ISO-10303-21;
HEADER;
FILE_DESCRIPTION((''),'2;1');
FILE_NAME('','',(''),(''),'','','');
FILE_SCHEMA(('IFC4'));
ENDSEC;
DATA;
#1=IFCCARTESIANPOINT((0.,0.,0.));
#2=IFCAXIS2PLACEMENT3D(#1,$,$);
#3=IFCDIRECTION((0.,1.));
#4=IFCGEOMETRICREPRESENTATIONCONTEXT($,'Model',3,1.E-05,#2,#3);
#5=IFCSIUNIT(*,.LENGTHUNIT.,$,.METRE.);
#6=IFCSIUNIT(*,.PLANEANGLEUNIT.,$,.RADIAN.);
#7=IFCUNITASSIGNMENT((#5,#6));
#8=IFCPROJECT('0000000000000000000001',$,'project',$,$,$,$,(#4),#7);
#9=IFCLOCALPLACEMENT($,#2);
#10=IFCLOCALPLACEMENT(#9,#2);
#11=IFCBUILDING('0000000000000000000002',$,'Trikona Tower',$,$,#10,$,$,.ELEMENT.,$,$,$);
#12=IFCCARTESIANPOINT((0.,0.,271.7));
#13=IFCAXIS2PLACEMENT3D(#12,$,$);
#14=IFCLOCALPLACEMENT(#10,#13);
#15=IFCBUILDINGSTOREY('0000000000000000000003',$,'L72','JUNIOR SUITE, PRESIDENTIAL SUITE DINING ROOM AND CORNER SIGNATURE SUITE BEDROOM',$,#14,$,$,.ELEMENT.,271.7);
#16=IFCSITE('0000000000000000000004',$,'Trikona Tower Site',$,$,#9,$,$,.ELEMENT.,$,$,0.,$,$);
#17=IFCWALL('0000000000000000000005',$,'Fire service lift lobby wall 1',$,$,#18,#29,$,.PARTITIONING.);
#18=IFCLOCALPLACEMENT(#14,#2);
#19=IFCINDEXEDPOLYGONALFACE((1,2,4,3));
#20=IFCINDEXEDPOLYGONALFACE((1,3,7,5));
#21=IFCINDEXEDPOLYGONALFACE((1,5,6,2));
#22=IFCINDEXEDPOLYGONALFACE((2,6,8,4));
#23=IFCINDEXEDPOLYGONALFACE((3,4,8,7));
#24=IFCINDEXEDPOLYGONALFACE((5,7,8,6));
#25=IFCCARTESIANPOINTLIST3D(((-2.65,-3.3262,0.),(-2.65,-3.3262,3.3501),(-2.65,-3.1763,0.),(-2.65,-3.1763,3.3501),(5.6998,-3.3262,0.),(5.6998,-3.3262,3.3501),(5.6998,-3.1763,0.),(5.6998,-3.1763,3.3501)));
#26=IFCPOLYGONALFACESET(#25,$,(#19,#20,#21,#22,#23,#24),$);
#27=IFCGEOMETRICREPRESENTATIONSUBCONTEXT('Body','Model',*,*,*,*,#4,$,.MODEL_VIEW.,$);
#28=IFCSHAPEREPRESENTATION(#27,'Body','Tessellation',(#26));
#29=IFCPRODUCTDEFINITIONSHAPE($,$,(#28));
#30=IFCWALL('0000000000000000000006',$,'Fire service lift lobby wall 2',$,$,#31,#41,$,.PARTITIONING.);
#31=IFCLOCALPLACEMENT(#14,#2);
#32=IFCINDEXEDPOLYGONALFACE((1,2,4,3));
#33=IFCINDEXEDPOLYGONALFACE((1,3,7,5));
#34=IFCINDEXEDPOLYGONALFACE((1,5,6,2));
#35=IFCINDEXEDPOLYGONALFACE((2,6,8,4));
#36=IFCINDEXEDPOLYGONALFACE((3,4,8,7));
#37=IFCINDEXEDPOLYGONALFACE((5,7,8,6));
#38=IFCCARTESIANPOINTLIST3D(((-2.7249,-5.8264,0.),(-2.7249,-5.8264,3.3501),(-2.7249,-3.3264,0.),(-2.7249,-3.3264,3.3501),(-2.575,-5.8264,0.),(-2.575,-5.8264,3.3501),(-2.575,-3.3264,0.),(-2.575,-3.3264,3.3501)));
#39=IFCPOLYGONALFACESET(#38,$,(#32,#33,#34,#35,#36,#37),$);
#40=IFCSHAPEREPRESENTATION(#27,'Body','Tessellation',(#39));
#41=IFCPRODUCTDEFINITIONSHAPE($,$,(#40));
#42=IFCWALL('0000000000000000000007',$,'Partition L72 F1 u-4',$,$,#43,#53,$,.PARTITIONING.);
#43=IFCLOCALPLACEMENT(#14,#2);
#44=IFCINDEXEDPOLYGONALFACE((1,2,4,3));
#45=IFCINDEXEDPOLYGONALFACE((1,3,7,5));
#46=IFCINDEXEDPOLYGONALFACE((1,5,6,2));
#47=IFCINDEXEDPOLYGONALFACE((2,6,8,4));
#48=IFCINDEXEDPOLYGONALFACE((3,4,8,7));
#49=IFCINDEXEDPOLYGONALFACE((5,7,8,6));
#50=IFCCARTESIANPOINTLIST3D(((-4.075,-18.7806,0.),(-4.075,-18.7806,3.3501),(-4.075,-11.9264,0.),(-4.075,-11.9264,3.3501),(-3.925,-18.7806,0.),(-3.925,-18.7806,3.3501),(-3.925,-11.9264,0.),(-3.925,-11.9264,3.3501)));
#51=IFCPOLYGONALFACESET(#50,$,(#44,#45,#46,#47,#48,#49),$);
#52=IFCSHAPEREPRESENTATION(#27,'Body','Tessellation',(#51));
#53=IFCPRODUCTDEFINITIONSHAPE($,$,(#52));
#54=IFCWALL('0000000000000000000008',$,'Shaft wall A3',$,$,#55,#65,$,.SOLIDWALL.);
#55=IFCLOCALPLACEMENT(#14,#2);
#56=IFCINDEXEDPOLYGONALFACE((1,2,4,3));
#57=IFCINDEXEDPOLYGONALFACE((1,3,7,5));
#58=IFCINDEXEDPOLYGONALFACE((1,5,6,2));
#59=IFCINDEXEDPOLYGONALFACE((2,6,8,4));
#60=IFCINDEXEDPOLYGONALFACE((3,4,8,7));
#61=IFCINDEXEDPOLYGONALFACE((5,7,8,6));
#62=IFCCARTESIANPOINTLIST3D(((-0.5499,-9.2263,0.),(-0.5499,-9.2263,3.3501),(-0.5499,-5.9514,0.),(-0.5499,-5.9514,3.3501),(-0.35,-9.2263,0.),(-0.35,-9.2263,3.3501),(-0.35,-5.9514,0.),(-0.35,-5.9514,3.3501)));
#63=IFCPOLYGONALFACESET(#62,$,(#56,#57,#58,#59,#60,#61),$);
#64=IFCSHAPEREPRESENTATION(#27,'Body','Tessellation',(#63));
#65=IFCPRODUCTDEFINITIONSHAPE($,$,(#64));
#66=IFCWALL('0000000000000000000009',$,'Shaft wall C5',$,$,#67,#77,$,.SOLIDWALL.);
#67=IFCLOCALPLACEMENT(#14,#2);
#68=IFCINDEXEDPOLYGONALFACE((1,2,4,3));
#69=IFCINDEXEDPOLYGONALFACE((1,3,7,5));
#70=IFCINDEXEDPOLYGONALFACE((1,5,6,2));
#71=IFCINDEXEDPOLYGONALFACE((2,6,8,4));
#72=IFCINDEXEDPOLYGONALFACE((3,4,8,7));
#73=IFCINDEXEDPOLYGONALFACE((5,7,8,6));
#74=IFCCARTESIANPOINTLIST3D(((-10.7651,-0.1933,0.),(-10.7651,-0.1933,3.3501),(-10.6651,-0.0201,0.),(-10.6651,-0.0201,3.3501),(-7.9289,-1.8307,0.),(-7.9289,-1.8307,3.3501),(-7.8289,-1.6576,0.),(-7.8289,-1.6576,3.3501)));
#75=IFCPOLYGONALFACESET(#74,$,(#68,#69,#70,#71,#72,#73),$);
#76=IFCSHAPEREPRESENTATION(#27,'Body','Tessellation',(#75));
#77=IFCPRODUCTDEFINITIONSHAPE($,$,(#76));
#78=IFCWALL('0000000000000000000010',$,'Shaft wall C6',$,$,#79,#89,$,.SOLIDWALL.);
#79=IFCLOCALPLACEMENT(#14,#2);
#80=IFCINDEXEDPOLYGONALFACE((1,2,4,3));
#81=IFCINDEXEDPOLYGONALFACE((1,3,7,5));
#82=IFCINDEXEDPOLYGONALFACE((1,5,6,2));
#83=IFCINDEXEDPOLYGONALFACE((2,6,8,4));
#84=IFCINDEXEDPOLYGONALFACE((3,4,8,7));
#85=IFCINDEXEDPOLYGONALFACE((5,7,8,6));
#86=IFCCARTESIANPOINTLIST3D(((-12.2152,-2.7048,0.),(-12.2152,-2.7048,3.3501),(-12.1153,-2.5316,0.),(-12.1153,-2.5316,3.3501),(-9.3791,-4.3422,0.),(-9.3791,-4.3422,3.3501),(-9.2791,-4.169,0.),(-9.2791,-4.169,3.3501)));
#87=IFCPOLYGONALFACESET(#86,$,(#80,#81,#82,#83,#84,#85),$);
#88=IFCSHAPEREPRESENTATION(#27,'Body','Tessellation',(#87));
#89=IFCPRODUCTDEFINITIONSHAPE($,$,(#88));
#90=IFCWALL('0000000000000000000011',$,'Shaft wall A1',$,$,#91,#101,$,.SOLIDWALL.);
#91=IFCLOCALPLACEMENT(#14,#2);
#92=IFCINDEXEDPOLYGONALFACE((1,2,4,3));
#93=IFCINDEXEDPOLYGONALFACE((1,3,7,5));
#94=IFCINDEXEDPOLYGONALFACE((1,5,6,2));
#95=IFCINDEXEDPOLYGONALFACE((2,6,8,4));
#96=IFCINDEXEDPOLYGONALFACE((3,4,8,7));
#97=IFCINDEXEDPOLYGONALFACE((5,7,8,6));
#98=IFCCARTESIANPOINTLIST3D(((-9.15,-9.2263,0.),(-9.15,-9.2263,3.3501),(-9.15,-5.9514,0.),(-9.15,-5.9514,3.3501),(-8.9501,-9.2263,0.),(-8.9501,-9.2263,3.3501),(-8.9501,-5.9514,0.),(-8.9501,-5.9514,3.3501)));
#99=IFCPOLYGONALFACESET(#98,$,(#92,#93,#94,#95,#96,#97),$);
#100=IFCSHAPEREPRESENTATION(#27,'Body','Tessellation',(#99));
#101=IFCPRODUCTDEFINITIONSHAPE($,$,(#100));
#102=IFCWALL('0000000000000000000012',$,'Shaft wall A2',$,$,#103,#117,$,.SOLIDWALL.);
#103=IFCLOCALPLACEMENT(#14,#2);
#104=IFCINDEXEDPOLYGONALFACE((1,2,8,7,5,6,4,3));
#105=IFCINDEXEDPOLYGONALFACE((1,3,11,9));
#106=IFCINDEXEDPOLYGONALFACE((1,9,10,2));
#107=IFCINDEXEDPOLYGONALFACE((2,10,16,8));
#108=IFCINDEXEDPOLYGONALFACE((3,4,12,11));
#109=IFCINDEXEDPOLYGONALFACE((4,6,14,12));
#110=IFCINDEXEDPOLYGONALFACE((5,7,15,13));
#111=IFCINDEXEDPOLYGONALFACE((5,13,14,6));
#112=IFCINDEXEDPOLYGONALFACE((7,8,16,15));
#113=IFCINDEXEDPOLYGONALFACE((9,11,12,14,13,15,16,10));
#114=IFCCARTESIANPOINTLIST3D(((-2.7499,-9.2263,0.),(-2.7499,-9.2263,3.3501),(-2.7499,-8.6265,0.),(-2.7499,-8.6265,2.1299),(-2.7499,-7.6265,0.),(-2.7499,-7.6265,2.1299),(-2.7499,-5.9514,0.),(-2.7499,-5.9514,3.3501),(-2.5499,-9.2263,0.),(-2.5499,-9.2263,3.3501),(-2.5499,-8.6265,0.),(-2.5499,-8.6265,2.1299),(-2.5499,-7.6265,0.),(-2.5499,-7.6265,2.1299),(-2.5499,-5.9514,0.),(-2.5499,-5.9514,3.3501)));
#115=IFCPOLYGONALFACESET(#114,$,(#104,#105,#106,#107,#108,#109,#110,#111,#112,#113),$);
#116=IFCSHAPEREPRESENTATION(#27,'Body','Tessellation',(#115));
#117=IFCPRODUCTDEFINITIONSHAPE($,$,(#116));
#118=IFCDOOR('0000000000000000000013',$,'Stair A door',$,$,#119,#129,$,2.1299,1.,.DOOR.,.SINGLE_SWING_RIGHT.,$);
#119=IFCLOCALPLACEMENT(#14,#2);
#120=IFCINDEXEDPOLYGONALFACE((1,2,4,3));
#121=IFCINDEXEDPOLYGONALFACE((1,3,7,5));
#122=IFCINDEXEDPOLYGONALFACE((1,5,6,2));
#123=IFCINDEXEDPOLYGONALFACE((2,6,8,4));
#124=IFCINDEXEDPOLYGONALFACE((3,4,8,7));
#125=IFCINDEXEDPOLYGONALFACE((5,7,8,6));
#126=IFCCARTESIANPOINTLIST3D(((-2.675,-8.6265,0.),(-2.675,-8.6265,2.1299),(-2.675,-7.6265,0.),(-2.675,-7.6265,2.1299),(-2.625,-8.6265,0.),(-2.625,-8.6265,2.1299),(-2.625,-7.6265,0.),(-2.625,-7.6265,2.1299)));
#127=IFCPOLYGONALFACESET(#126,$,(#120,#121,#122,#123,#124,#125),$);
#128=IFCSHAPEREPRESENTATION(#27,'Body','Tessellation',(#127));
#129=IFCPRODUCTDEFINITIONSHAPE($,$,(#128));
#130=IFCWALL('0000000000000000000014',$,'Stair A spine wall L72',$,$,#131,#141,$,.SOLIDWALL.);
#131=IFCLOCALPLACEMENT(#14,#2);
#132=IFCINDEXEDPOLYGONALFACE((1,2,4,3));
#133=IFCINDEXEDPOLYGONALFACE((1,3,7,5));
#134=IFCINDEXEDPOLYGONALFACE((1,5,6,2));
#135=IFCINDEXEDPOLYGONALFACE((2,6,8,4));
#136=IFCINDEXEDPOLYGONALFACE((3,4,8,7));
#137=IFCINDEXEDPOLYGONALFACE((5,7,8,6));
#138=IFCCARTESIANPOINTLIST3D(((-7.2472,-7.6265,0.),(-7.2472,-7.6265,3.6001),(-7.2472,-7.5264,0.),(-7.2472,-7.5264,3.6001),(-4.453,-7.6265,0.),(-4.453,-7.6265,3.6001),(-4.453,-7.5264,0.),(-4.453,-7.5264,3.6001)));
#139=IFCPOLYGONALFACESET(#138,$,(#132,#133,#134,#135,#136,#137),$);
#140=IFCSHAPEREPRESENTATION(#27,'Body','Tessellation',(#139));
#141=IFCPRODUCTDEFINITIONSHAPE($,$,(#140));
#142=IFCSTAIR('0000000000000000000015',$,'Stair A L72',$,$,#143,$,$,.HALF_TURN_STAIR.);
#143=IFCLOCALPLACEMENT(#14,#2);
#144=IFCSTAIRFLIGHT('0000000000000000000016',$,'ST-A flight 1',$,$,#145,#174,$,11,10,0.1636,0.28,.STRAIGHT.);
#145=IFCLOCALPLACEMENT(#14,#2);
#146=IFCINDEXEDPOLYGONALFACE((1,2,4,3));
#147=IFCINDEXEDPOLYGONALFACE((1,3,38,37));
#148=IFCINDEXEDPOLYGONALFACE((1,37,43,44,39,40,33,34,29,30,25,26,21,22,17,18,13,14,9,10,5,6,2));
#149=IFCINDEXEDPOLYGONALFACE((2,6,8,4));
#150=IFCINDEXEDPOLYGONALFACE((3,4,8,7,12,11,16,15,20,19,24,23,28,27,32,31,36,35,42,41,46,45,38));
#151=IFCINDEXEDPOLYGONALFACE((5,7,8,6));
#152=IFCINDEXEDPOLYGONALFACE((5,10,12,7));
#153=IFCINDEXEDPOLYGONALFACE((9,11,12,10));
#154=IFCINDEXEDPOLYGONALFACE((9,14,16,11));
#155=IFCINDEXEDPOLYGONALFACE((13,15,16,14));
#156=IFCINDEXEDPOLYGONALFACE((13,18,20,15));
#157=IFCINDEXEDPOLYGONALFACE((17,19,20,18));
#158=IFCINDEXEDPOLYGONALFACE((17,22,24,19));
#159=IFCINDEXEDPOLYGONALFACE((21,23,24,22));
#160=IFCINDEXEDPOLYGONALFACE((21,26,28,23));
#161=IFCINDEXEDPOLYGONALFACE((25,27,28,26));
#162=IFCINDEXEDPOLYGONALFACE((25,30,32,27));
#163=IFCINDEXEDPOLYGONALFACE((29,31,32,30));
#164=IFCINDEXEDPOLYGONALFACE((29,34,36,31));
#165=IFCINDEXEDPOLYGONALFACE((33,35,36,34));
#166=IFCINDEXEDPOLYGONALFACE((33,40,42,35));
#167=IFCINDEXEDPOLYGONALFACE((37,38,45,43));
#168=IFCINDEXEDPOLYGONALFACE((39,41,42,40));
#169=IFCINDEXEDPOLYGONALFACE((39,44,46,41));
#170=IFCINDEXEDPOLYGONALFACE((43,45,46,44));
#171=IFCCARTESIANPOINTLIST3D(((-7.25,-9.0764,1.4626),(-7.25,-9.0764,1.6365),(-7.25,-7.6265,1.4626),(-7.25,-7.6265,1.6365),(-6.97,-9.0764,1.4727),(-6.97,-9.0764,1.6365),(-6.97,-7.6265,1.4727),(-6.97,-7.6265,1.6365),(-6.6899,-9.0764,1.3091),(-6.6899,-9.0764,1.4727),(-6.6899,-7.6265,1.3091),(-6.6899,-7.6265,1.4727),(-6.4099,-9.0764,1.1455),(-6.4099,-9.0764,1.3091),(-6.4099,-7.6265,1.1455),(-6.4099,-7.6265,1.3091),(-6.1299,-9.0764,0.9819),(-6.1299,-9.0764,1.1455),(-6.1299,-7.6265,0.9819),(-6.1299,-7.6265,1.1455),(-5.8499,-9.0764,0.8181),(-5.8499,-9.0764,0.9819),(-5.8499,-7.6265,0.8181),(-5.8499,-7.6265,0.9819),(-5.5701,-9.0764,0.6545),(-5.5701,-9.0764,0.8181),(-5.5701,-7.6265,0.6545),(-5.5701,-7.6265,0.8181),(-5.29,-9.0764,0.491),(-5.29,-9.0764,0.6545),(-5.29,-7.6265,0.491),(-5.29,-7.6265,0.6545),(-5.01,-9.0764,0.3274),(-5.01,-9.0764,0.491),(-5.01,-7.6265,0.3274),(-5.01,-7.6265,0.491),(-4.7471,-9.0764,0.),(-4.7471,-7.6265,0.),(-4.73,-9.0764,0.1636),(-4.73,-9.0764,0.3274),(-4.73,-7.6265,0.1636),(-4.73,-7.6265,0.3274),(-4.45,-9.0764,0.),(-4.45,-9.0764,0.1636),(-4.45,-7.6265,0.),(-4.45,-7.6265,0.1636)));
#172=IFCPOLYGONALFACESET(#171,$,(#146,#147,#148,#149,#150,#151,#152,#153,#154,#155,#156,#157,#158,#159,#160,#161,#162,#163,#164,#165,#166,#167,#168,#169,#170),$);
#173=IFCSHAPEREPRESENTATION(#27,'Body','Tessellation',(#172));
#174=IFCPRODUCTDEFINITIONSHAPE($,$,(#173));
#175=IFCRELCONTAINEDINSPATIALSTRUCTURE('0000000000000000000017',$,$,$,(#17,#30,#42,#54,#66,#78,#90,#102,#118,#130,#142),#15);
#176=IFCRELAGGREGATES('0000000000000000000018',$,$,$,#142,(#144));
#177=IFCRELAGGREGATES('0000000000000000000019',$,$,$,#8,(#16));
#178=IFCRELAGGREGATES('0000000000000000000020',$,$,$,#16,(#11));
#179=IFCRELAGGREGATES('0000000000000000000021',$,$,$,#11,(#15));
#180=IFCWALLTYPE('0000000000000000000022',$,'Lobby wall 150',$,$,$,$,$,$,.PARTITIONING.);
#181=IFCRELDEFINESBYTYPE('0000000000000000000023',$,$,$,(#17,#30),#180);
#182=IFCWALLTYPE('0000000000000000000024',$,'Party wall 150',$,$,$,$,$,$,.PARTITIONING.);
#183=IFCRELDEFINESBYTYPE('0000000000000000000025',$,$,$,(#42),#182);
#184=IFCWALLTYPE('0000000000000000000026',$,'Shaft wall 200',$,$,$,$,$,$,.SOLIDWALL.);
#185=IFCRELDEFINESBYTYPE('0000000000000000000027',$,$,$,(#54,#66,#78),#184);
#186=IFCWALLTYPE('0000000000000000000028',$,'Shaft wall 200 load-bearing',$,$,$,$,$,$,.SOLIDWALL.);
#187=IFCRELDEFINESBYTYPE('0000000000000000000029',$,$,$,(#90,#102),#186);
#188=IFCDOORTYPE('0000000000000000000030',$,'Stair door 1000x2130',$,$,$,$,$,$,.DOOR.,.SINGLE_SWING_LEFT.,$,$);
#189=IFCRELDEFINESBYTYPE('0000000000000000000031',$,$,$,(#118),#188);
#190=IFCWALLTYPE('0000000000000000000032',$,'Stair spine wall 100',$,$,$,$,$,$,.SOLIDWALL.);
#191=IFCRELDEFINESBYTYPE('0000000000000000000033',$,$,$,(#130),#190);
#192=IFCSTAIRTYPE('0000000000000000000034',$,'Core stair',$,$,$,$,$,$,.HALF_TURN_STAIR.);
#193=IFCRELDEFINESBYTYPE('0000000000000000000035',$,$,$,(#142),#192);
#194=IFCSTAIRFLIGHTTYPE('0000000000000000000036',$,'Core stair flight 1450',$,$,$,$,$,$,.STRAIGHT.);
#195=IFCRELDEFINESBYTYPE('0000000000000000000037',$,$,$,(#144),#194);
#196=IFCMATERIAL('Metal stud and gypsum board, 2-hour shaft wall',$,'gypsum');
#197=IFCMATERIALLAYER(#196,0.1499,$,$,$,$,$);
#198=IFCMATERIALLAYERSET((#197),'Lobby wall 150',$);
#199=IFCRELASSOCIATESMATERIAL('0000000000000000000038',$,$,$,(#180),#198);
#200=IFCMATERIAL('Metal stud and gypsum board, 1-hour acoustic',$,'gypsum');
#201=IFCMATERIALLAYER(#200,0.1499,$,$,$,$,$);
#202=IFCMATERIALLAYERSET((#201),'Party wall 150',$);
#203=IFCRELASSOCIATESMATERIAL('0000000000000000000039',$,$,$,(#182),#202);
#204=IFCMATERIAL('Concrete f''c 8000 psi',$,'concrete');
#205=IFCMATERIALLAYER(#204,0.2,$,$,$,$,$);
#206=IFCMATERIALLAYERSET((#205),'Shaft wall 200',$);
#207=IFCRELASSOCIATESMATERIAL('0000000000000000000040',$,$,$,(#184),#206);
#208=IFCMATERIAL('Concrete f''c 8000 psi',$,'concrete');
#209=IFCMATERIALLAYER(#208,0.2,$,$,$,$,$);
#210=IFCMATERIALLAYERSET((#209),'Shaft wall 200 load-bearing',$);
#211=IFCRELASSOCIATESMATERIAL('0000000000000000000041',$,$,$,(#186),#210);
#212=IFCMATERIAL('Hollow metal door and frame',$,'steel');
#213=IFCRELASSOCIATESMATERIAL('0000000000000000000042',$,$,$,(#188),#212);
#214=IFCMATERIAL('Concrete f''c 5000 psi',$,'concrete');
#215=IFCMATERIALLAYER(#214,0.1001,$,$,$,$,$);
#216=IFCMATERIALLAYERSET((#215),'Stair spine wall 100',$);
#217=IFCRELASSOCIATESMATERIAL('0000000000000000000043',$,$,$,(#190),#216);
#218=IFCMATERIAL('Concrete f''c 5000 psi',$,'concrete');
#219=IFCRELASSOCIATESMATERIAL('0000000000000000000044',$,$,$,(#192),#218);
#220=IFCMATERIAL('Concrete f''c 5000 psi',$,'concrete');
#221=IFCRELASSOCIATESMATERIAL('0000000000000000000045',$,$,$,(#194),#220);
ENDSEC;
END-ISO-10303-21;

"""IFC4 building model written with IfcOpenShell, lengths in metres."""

from ifc_helpers import new_model, si_unit, direction, frame, frame_2d, origin, place, context, subcontext, project, spatial, polyline, rectangle, outline, extrude, material, layer, layer_set, type_object, element, fill, aggregate, save


model = new_model("IFC4")

# Units and contexts
model_context = context("Model", 3, precision=1e-05, world=origin(), true_north=direction((0.0, 1.0)))
body_context = subcontext(model_context, "Body", "Model", "MODEL_VIEW")
ifc_project = project(units=[si_unit("LENGTHUNIT", "METRE"), si_unit("PLANEANGLEUNIT", "RADIAN")], contexts=[model_context])

# Site, building, storey
site_placement = place(None, origin())
site = spatial("IfcSite", under=ifc_project, at=site_placement, Name="Trikona Tower Site", CompositionType="ELEMENT", RefElevation=0.0)
building_placement = place(site_placement, origin())
building = spatial("IfcBuilding", under=site, at=building_placement, Name="Trikona Tower", CompositionType="ELEMENT")
storey_placement = place(building_placement, frame((0.0, 0.0, 271.7)))
storey = spatial("IfcBuildingStorey", under=building, at=storey_placement, Name="L72", Description="JUNIOR SUITE, PRESIDENTIAL SUITE DINING ROOM AND CORNER SIGNATURE SUITE BEDROOM", CompositionType="ELEMENT", Elevation=271.7)

# Walls
ifc_material_1 = material(Name="Metal stud and gypsum board, 2-hour shaft wall", Category="gypsum")
ifc_layer_1 = layer(ifc_material_1, 0.1499)
ifc_layer_set_1 = layer_set([ifc_layer_1], Name="Lobby wall 150")
wall_type_1 = type_object("IfcWallType", Name="Lobby wall 150", PredefinedType="PARTITIONING", material=ifc_layer_set_1)
wall_1_placement = place(storey_placement, frame((-2.6499, -3.2512, 0.0), z_axis=(0.0, 0.0, 1.0), x_axis=(1.0, 0.0, 0.0)))
element("IfcWall", 1, at=wall_1_placement, inside=storey, type_object=wall_type_1, Name="Fire service lift lobby wall 1", PredefinedType="PARTITIONING", context=body_context, shape_type="SweptSolid", body=[
    extrude(rectangle(XDim=8.3499, YDim=0.1499, at=frame_2d((4.1748, 0.0))), origin(), (0.0, 0.0, 1.0), 3.3501),
])
wall_2_placement = place(storey_placement, frame((-2.6499, -5.8264, 0.0), z_axis=(0.0, 0.0, 1.0), x_axis=(0.0, 1.0, 0.0)))
element("IfcWall", 2, at=wall_2_placement, inside=storey, type_object=wall_type_1, Name="Fire service lift lobby wall 2", PredefinedType="PARTITIONING", context=body_context, shape_type="SweptSolid", body=[
    extrude(rectangle(XDim=2.5, YDim=0.1499, at=frame_2d((1.25, 0.0))), origin(), (0.0, 0.0, 1.0), 3.3501),
])
ifc_material_2 = material(Name="Metal stud and gypsum board, 1-hour acoustic", Category="gypsum")
ifc_layer_2 = layer(ifc_material_2, 0.1499)
ifc_layer_set_2 = layer_set([ifc_layer_2], Name="Party wall 150")
wall_type_2 = type_object("IfcWallType", Name="Party wall 150", PredefinedType="PARTITIONING", material=ifc_layer_set_2)
wall_3_placement = place(storey_placement, frame((-4.0, -11.9263, 0.0), z_axis=(0.0, 0.0, 1.0), x_axis=(0.0, -1.0, 0.0)))
element("IfcWall", 3, at=wall_3_placement, inside=storey, type_object=wall_type_2, Name="Partition L72 F1 u-4", PredefinedType="PARTITIONING", context=body_context, shape_type="SweptSolid", body=[
    extrude(rectangle(XDim=6.8542, YDim=0.1499, at=frame_2d((3.4272, 0.0))), origin(), (0.0, 0.0, 1.0), 3.3501),
])
ifc_material_3 = material(Name="Concrete f'c 8000 psi", Category="concrete")
ifc_layer_3 = layer(ifc_material_3, 0.2)
ifc_layer_set_3 = layer_set([ifc_layer_3], Name="Shaft wall 200")
wall_type_3 = type_object("IfcWallType", Name="Shaft wall 200", PredefinedType="SOLIDWALL", material=ifc_layer_set_3)
for number, where, z_axis, x_axis, name in (
    (4, (-0.45, -5.9514, 0.0), (0.0, 0.0, 1.0), (0.0, -1.0, 0.0), "Shaft wall A3"),
    (5, (-7.8789, -1.7441, 0.0), (0.0, 0.0, 1.0), (-0.866028, 0.499996, 0.0), "Shaft wall C5"),
    (6, (-9.3291, -4.2556, 0.0), (0.0, 0.0, 1.0), (-0.866028, 0.499996, 0.0), "Shaft wall C6"),
):
    element("IfcWall", number, at=place(storey_placement, frame(where, z_axis=z_axis, x_axis=x_axis)), inside=storey, type_object=wall_type_3, Name=name, PredefinedType="SOLIDWALL", context=body_context, shape_type="SweptSolid", body=[
        extrude(rectangle(XDim=3.2749, YDim=0.2, at=frame_2d((1.6375, 0.0))), origin(), (0.0, 0.0, 1.0), 3.3501),
    ])
ifc_material_4 = material(Name="Concrete f'c 8000 psi", Category="concrete")
ifc_layer_4 = layer(ifc_material_4, 0.2)
ifc_layer_set_4 = layer_set([ifc_layer_4], Name="Shaft wall 200 load-bearing")
wall_type_4 = type_object("IfcWallType", Name="Shaft wall 200 load-bearing", PredefinedType="SOLIDWALL", material=ifc_layer_set_4)
wall_4_placement = place(storey_placement, frame((-9.05, -5.9514, 0.0), z_axis=(0.0, 0.0, 1.0), x_axis=(0.0, -1.0, 0.0)))
element("IfcWall", 7, at=wall_4_placement, inside=storey, type_object=wall_type_4, Name="Shaft wall A1", PredefinedType="SOLIDWALL", context=body_context, shape_type="SweptSolid", body=[
    extrude(rectangle(XDim=3.2749, YDim=0.2, at=frame_2d((1.6375, 0.0))), origin(), (0.0, 0.0, 1.0), 3.3501),
])

# Wall, opening, door
wall_5_placement = place(storey_placement, frame((-2.6499, -5.9514, 0.0), z_axis=(0.0, 0.0, 1.0), x_axis=(0.0, -1.0, 0.0)))
wall_5 = element("IfcWall", 8, at=wall_5_placement, inside=storey, type_object=wall_type_4, Name="Shaft wall A2", PredefinedType="SOLIDWALL", context=body_context, shape_type="SweptSolid", body=[
    extrude(rectangle(XDim=3.2749, YDim=0.2, at=frame_2d((1.6375, 0.0))), origin(), (0.0, 0.0, 1.0), 3.3501),
])
opening_1_placement = place(wall_5_placement, frame((1.675, 0.0, 0.0)))
opening_1 = element("IfcOpeningElement", 9, at=opening_1_placement, cuts=wall_5, PredefinedType="OPENING", context=body_context, shape_type="SweptSolid", body=[
    extrude(rectangle(XDim=1.0, YDim=2.1299, at=frame_2d((0.5, 1.0649))), frame((0.0, 0.1099, 0.0), z_axis=(0.0, -1.0, 0.0), x_axis=(1.0, 0.0, 0.0)), (0.0, 0.0, 1.0), 0.22),
])
ifc_material_5 = material(Name="Hollow metal door and frame", Category="steel")
door_type_1 = type_object("IfcDoorType", Name="Stair door 1000x2130", OperationType="SINGLE_SWING_LEFT", PredefinedType="DOOR", material=ifc_material_5)
door_1_placement = place(opening_1_placement, origin())
door_1 = element("IfcDoor", 10, at=door_1_placement, inside=storey, type_object=door_type_1, Name="Stair A door", OperationType="SINGLE_SWING_RIGHT", OverallHeight=2.1299, OverallWidth=1.0, PredefinedType="DOOR", context=body_context, shape_type="SweptSolid", body=[
    extrude(rectangle(XDim=1.0, YDim=2.1299, at=frame_2d((0.5, 1.0649))), frame((0.0, 0.0249, 0.0), z_axis=(0.0, -1.0, 0.0), x_axis=(1.0, 0.0, 0.0)), (0.0, 0.0, 1.0), 0.05),
])
fill(opening_1, door_1)

# Wall
ifc_material_6 = material(Name="Concrete f'c 5000 psi", Category="concrete")
ifc_layer_5 = layer(ifc_material_6, 0.1001)
ifc_layer_set_5 = layer_set([ifc_layer_5], Name="Stair spine wall 100")
wall_type_5 = type_object("IfcWallType", Name="Stair spine wall 100", PredefinedType="SOLIDWALL", material=ifc_layer_set_5)
wall_6_placement = place(storey_placement, frame((-7.2471, -7.5764, 0.0), z_axis=(0.0, 0.0, 1.0), x_axis=(1.0, 0.0, 0.0)))
element("IfcWall", 11, at=wall_6_placement, inside=storey, type_object=wall_type_5, Name="Stair A spine wall L72", PredefinedType="SOLIDWALL", context=body_context, shape_type="SweptSolid", body=[
    extrude(rectangle(XDim=2.7942, YDim=0.1001, at=frame_2d((1.397, 0.0))), origin(), (0.0, 0.0, 1.0), 3.6001),
])

# Stair, stair flight
ifc_material_7 = material(Name="Concrete f'c 5000 psi", Category="concrete")
stair_type = type_object("IfcStairType", Name="Core stair", PredefinedType="HALF_TURN_STAIR", material=ifc_material_7)
stair_placement = place(storey_placement, origin())
stair = element("IfcStair", 12, at=stair_placement, inside=storey, type_object=stair_type, Name="Stair A L72", PredefinedType="HALF_TURN_STAIR")
ifc_material_8 = material(Name="Concrete f'c 5000 psi", Category="concrete")
stair_flight_type = type_object("IfcStairFlightType", Name="Core stair flight 1450", PredefinedType="STRAIGHT", material=ifc_material_8)
stair_flight_1_placement = place(storey_placement, frame((-4.45, -8.3513, 0.0), z_axis=(0.0, 0.0, 1.0), x_axis=(-1.0, 0.0, 0.0)))
stair_flight_1 = element("IfcStairFlight", 13, at=stair_flight_1_placement, type_object=stair_flight_type, Name="ST-A flight 1", NumberOfRisers=11, NumberOfTreads=10, PredefinedType="STRAIGHT", RiserHeight=0.1636, TreadLength=0.28, context=body_context, shape_type="SweptSolid", body=[
    extrude(outline(polyline([(0.0, 0.0), (0.0, 0.1636), (0.28, 0.1636), (0.28, 0.3274), (0.5601, 0.3274), (0.5601, 0.491), (0.8401, 0.491), (0.8401, 0.6545), (1.1201, 0.6545), (1.1201, 0.8181), (1.3999, 0.8181), (1.3999, 0.9819), (1.6799, 0.9819), (1.6799, 1.1455), (1.96, 1.1455), (1.96, 1.3091), (2.24, 1.3091), (2.24, 1.4727), (2.52, 1.4727), (2.52, 1.6365), (2.8, 1.6365), (2.8, 1.8), (2.8, 1.4626), (0.2971, 0.0), (0.0, 0.0)])), frame((0.0, 0.7251, 0.0), z_axis=(0.0, -1.0, 0.0), x_axis=(1.0, 0.0, 0.0)), (0.0, 0.0, 1.0), 1.45),
])
aggregate(stair, [stair_flight_1])

save(model, "model.ifc")
